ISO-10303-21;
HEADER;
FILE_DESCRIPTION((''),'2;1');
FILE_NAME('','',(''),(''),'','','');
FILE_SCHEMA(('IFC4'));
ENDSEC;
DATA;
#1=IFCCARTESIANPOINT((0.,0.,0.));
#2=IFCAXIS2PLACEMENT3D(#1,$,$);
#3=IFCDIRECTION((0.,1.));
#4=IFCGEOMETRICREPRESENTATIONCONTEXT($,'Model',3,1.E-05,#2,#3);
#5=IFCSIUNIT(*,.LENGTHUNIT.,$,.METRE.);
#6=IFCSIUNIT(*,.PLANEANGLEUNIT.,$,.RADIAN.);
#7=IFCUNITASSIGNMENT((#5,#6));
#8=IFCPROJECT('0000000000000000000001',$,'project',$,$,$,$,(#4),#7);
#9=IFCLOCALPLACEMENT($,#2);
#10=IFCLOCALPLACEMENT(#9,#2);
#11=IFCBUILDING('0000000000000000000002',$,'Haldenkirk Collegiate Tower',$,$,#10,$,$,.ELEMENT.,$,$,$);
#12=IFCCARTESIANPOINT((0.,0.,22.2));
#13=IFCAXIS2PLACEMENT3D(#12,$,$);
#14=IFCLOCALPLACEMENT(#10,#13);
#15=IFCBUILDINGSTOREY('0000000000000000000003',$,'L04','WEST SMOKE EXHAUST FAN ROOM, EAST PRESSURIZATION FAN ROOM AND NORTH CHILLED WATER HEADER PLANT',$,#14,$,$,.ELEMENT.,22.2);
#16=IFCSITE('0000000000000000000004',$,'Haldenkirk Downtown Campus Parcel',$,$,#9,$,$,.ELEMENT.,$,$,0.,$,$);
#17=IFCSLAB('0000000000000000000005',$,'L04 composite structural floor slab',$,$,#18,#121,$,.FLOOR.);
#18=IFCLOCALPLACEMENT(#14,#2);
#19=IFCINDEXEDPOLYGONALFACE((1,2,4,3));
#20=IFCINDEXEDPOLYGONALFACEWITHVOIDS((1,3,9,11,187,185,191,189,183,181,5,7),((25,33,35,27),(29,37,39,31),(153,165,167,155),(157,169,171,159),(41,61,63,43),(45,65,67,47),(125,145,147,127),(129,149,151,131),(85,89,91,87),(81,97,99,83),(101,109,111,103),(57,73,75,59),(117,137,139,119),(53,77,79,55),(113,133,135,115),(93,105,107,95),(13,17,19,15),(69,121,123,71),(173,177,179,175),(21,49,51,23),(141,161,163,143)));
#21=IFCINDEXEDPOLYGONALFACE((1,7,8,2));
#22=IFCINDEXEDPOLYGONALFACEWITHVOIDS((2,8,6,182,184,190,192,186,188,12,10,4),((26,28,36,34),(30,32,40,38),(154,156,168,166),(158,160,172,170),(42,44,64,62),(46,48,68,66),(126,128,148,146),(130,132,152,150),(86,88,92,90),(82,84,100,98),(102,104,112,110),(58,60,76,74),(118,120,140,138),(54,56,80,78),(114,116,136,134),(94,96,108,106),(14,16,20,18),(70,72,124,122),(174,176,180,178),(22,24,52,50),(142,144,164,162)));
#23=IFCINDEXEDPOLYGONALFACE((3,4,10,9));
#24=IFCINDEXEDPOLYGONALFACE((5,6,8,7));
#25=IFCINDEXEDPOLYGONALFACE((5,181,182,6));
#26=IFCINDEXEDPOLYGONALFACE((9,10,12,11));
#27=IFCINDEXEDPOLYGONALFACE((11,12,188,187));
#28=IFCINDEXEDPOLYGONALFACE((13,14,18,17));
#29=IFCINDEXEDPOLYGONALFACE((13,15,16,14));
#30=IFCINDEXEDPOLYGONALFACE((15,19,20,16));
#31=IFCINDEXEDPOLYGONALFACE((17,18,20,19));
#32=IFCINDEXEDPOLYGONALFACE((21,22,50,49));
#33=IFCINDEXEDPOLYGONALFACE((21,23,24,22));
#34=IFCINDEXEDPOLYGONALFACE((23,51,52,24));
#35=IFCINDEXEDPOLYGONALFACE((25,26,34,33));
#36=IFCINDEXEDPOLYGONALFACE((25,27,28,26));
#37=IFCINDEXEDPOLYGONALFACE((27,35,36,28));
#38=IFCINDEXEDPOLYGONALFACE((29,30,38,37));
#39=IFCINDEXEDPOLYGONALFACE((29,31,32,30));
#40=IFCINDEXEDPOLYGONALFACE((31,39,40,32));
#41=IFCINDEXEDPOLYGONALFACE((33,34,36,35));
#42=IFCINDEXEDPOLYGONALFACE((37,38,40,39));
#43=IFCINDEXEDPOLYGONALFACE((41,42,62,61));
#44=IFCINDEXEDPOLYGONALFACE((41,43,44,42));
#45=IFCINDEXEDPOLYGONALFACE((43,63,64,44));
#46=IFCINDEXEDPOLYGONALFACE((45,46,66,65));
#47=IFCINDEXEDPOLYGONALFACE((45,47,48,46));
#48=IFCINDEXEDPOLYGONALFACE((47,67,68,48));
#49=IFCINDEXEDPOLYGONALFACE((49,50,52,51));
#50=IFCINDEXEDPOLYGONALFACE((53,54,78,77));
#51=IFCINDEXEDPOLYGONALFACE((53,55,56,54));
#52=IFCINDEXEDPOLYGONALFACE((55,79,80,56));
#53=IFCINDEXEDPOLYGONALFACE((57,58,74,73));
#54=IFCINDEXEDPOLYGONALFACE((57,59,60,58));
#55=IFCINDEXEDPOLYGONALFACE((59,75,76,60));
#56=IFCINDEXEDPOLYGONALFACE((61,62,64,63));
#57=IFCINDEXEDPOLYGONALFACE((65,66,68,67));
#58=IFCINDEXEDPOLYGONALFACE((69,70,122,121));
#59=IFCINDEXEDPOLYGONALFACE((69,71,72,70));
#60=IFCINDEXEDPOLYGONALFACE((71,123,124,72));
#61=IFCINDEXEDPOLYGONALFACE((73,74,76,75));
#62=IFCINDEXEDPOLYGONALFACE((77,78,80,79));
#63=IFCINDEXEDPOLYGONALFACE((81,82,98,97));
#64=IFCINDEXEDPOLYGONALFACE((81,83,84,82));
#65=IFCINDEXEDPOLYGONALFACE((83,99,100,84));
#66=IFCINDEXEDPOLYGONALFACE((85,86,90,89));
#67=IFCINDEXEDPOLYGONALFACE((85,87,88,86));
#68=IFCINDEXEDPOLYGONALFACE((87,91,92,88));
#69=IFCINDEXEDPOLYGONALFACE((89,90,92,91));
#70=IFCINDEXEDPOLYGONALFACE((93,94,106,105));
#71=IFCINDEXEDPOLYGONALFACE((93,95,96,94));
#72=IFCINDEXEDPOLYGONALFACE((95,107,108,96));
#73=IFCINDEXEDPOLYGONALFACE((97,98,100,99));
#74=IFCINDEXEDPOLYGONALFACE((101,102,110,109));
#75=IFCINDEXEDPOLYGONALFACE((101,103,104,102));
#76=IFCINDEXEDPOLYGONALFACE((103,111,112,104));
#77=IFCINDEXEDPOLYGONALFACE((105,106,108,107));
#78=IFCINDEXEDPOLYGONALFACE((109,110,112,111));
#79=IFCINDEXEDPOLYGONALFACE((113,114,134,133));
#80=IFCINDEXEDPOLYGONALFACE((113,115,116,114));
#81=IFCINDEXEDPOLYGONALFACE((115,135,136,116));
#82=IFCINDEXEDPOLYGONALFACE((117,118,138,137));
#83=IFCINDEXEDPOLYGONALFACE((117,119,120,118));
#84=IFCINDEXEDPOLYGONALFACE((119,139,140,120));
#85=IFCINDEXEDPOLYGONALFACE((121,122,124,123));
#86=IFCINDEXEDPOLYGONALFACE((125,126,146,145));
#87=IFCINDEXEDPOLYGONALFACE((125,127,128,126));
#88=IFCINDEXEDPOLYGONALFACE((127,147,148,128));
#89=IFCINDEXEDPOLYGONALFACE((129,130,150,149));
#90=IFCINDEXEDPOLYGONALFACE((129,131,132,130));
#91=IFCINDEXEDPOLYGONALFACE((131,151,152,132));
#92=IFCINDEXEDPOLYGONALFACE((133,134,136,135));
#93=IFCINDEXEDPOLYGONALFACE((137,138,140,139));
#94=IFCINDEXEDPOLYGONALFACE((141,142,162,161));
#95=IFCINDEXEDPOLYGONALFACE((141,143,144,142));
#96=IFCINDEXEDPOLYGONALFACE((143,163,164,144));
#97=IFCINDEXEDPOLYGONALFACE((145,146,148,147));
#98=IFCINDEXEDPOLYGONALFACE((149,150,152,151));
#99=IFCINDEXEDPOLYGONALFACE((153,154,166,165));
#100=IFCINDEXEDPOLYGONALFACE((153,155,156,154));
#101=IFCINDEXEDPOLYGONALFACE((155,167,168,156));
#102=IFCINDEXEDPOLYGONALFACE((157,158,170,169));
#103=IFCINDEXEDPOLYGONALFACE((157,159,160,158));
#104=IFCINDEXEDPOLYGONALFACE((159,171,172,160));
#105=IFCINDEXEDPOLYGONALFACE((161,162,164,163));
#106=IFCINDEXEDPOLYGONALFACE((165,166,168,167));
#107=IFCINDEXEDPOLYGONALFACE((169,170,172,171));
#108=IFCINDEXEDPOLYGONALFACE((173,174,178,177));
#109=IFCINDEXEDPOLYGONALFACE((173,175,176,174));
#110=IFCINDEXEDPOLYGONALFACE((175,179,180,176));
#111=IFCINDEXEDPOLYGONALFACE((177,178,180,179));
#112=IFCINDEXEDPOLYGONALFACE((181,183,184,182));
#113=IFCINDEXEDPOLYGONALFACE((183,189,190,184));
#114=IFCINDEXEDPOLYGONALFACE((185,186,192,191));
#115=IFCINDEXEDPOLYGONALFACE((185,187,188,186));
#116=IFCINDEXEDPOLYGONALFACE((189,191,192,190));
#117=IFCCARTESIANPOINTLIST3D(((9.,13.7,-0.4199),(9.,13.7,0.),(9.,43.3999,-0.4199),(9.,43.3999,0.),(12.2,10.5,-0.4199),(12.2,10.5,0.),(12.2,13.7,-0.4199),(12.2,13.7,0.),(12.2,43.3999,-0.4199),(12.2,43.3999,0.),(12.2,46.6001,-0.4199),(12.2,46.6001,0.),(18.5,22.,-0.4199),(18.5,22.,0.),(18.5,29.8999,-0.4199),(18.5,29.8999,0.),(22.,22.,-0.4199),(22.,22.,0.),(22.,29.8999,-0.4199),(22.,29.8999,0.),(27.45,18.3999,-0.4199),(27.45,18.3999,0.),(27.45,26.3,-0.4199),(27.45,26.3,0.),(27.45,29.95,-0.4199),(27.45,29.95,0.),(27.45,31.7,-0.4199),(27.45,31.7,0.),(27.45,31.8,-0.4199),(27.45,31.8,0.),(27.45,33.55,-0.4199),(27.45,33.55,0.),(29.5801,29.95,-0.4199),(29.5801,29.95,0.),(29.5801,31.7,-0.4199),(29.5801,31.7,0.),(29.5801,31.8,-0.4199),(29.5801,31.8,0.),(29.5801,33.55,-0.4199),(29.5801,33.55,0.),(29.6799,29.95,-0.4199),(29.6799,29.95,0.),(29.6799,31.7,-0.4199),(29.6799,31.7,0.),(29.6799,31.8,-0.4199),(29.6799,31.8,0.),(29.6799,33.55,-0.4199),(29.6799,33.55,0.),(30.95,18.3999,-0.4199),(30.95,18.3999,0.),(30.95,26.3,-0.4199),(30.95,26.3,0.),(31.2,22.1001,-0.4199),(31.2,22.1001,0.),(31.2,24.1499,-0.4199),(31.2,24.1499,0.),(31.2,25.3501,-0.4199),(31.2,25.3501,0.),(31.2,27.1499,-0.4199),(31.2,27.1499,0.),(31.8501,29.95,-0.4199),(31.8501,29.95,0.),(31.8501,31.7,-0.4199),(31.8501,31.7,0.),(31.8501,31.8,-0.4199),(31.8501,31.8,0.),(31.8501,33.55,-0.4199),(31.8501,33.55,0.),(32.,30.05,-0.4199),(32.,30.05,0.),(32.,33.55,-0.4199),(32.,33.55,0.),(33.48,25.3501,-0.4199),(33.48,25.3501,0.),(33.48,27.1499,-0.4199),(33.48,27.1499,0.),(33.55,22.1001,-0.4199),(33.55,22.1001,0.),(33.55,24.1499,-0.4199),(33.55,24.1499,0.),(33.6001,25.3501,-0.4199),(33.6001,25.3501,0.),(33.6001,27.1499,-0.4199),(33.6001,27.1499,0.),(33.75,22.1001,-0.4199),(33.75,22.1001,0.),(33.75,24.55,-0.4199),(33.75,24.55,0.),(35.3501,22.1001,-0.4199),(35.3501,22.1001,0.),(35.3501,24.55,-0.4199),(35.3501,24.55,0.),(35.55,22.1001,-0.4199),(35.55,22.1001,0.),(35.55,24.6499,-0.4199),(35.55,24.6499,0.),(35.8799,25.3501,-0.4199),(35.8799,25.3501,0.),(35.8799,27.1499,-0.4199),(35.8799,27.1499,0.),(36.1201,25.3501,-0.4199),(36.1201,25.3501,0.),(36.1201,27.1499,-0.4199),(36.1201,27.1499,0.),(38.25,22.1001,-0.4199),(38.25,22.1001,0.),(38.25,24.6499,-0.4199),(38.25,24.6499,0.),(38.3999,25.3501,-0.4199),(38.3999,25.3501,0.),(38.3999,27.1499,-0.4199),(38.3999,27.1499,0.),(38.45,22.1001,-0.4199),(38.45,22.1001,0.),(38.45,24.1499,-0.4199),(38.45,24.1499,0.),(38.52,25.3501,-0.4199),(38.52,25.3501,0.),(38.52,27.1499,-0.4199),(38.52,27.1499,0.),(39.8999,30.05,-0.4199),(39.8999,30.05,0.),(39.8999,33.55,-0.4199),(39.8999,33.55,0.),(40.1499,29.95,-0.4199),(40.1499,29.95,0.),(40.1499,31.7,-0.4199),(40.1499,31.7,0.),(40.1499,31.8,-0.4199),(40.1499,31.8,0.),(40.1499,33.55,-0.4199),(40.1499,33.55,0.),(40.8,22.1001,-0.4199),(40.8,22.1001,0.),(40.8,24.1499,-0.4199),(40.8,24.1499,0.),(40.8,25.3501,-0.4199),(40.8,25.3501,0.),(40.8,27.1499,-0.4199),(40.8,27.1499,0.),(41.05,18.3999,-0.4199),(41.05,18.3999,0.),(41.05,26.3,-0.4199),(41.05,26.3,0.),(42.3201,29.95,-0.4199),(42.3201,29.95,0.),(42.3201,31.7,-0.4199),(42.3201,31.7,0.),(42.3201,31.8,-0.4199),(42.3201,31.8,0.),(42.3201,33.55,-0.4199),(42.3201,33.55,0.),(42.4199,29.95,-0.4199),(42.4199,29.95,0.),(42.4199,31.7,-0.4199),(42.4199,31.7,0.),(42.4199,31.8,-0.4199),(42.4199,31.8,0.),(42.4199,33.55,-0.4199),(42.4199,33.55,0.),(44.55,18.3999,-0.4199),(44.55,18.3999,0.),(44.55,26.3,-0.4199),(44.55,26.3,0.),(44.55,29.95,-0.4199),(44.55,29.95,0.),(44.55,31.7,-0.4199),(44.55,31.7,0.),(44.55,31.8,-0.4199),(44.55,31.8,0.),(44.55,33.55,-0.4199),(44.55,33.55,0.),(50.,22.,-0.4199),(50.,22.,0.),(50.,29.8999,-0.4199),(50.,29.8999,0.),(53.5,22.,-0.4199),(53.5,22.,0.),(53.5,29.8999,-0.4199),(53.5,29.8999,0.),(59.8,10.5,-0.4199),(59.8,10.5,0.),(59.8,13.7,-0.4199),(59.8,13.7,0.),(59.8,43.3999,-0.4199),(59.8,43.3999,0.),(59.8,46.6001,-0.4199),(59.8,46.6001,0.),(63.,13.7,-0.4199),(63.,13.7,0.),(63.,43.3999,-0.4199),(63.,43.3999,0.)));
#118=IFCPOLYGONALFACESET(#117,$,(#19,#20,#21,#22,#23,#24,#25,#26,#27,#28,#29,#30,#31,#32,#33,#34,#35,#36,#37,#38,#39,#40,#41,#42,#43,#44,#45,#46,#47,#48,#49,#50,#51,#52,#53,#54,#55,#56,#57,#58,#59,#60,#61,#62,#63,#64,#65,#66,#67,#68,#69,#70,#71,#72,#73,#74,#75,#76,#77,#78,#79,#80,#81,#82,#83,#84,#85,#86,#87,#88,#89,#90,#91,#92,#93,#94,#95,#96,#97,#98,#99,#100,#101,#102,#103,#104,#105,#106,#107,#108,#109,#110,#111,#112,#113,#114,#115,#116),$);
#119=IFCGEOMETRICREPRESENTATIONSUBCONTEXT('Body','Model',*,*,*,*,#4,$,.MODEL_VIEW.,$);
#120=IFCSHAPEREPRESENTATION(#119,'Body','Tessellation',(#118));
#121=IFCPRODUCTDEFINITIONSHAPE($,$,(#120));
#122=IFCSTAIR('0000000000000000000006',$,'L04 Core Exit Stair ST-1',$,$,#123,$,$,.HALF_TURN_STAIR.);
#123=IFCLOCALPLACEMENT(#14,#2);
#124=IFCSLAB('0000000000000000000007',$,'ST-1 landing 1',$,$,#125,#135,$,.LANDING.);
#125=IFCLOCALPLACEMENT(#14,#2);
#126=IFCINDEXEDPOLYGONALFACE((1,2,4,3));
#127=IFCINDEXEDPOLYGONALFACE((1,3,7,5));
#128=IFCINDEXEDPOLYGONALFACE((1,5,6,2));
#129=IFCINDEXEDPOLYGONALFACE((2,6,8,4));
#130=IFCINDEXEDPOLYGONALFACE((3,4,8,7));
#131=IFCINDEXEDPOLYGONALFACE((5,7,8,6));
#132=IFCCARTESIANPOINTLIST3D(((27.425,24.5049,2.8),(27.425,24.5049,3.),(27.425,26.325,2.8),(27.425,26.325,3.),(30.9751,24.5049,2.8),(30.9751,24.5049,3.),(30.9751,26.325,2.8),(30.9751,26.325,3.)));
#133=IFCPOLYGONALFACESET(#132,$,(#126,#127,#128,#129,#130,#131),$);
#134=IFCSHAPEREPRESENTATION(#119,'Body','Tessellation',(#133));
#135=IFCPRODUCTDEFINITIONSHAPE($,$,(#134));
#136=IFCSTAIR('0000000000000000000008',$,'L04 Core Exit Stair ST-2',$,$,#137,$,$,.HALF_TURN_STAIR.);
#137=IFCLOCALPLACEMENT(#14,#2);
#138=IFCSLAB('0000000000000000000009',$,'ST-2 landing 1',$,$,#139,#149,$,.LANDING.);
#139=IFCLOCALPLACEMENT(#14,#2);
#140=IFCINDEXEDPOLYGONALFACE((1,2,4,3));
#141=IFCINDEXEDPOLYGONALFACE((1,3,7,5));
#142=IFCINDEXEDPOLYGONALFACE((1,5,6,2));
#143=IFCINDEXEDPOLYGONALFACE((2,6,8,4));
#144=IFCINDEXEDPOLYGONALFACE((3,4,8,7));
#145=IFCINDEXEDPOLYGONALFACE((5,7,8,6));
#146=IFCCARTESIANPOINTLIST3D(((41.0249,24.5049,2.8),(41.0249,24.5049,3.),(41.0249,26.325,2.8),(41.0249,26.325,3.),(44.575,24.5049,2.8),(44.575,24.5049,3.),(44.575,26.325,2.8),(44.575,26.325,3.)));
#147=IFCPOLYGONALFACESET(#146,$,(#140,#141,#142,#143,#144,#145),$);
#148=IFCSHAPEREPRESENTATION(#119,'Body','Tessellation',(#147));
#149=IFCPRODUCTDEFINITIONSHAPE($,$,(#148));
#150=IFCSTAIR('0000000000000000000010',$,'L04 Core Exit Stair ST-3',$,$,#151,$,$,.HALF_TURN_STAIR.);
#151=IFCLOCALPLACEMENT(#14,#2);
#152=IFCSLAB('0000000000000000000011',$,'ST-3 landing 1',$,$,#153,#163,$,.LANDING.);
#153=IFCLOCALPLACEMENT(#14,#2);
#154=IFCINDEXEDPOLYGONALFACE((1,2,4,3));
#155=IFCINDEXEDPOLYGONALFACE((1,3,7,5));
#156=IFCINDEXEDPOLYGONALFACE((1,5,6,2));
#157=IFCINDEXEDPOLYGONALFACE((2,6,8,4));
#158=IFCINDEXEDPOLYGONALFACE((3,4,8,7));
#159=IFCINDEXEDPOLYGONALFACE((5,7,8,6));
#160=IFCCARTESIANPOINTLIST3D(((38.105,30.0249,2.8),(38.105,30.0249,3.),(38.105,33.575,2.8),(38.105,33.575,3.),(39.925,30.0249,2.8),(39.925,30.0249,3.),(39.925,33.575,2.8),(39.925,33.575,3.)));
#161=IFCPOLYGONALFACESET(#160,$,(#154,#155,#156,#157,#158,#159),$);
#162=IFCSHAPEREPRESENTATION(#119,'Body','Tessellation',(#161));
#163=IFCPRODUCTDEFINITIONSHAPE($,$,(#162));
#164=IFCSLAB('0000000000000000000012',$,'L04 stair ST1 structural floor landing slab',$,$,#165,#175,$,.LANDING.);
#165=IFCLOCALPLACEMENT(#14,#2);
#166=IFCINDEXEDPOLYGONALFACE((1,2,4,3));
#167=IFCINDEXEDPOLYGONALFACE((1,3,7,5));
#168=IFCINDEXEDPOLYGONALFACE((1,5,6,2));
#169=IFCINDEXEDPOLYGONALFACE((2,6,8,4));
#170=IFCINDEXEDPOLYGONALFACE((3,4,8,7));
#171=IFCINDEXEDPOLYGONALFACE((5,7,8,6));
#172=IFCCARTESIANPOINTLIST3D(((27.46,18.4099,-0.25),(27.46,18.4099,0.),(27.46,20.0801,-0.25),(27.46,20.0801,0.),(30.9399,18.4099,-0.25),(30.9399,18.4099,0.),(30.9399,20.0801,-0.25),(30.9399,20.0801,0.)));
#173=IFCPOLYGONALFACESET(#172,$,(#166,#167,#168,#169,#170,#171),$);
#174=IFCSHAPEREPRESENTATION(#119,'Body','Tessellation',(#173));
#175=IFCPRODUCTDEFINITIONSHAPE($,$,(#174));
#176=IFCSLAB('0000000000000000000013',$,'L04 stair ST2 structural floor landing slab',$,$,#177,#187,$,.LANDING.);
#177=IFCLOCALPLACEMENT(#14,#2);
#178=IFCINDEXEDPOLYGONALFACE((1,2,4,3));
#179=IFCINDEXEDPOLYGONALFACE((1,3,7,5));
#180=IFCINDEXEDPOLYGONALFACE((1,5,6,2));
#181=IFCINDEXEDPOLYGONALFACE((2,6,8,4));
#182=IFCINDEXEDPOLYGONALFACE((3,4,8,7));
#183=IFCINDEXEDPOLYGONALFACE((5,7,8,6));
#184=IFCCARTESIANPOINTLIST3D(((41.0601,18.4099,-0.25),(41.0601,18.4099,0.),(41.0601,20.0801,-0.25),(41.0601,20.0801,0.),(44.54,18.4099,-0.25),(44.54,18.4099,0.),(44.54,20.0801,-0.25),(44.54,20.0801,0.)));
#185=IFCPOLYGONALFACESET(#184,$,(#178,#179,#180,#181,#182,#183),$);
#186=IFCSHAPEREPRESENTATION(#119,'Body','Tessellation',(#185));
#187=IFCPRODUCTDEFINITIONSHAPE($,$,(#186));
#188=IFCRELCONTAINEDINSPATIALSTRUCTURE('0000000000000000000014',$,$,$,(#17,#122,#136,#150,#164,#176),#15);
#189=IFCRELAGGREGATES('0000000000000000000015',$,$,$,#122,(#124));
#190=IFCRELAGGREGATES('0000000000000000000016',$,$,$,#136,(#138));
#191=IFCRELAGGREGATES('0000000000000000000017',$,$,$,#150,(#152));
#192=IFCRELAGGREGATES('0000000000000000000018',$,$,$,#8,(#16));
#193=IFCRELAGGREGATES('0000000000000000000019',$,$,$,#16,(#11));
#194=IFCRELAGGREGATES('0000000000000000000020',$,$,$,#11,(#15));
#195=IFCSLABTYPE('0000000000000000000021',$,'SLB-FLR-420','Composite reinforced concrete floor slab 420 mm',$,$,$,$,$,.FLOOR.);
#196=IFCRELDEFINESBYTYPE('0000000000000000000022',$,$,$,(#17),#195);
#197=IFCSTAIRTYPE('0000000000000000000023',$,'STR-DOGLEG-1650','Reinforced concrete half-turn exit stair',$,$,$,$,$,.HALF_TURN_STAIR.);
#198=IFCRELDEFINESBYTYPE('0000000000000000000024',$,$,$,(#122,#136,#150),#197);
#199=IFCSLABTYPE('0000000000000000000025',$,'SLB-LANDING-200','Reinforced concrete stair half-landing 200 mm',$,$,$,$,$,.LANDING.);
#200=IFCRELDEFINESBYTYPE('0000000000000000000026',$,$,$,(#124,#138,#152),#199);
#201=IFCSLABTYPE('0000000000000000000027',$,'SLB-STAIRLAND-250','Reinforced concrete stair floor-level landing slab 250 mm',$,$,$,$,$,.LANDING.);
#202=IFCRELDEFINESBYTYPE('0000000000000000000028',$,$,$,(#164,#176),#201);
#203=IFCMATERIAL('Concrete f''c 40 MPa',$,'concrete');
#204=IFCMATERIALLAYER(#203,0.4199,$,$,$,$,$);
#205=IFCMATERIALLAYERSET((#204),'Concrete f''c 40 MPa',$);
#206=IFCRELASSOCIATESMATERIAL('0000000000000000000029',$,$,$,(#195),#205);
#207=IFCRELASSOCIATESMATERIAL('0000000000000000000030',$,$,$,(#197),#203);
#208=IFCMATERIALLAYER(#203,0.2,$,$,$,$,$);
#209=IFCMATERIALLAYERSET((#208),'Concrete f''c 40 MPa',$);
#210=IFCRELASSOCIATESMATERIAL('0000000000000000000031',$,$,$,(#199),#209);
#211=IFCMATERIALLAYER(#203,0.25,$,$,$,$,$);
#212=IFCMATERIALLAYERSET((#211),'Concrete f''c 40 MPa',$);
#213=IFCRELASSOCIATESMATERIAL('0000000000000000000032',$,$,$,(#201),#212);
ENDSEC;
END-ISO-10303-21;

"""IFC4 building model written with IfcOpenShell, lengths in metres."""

from ifc_helpers import new_model, si_unit, direction, frame, origin, place, context, subcontext, project, spatial, polyline, outline, extrude, material, layer, layer_set, type_object, element, aggregate, save


model = new_model("IFC4")

# Units and contexts
model_context = context("Model", 3, precision=1e-05, world=origin(), true_north=direction((0.0, 1.0)))
body_context = subcontext(model_context, "Body", "Model", "MODEL_VIEW")
ifc_project = project(units=[si_unit("LENGTHUNIT", "METRE"), si_unit("PLANEANGLEUNIT", "RADIAN")], contexts=[model_context])

# Site, building, storey
site_placement = place(None, origin())
site = spatial("IfcSite", under=ifc_project, at=site_placement, Name="Haldenkirk Downtown Campus Parcel", CompositionType="ELEMENT", RefElevation=0.0)
building_placement = place(site_placement, origin())
building = spatial("IfcBuilding", under=site, at=building_placement, Name="Haldenkirk Collegiate Tower", CompositionType="ELEMENT")
storey_placement = place(building_placement, frame((0.0, 0.0, 22.2)))
storey = spatial("IfcBuildingStorey", under=building, at=storey_placement, Name="L04", Description="WEST SMOKE EXHAUST FAN ROOM, EAST PRESSURIZATION FAN ROOM AND NORTH CHILLED WATER HEADER PLANT", CompositionType="ELEMENT", Elevation=22.2)

# Slab
ifc_material_1 = material(Name="Concrete f'c 40 MPa", Category="concrete")
ifc_layer_1 = layer(ifc_material_1, 0.4199)
ifc_layer_set_1 = layer_set([ifc_layer_1], Name="Concrete f'c 40 MPa")
slab_type_1 = type_object("IfcSlabType", Name="SLB-FLR-420", Description="Composite reinforced concrete floor slab 420 mm", PredefinedType="FLOOR", material=ifc_layer_set_1)
slab_1_placement = place(storey_placement, frame((0.0, 0.0, -0.4199)))
element("IfcSlab", 1, at=slab_1_placement, inside=storey, type_object=slab_type_1, Name="L04 composite structural floor slab", PredefinedType="FLOOR", context=body_context, shape_type="SweptSolid", body=[
    extrude(outline(polyline([(12.2, 10.5), (59.8, 10.5), (59.8, 13.7), (63.0, 13.7), (63.0, 43.3999), (59.8, 43.3999), (59.8, 46.6001), (12.2, 46.6001), (12.2, 43.3999), (9.0, 43.3999), (9.0, 13.7), (12.2, 13.7), (12.2, 10.5)]), holes=[polyline([(27.45, 18.3999), (30.95, 18.3999), (30.95, 26.3), (27.45, 26.3), (27.45, 18.3999)]), polyline([(41.05, 18.3999), (44.55, 18.3999), (44.55, 26.3), (41.05, 26.3), (41.05, 18.3999)]), polyline([(32.0, 30.05), (39.8999, 30.05), (39.8999, 33.55), (32.0, 33.55), (32.0, 30.05)]), polyline([(33.75, 22.1001), (35.3501, 22.1001), (35.3501, 24.55), (33.75, 24.55), (33.75, 22.1001)]), polyline([(18.5, 22.0), (22.0, 22.0), (22.0, 29.8999), (18.5, 29.8999), (18.5, 22.0)]), polyline([(50.0, 22.0), (53.5, 22.0), (53.5, 29.8999), (50.0, 29.8999), (50.0, 22.0)]), polyline([(27.45, 29.95), (29.5801, 29.95), (29.5801, 31.7), (27.45, 31.7), (27.45, 29.95)]), polyline([(29.6799, 29.95), (31.8501, 29.95), (31.8501, 31.7), (29.6799, 31.7), (29.6799, 29.95)]), polyline([(27.45, 31.8), (29.5801, 31.8), (29.5801, 33.55), (27.45, 33.55), (27.45, 31.8)]), polyline([(29.6799, 31.8), (31.8501, 31.8), (31.8501, 33.55), (29.6799, 33.55), (29.6799, 31.8)]), polyline([(40.1499, 29.95), (42.3201, 29.95), (42.3201, 31.7), (40.1499, 31.7), (40.1499, 29.95)]), polyline([(42.4199, 29.95), (44.55, 29.95), (44.55, 31.7), (42.4199, 31.7), (42.4199, 29.95)]), polyline([(40.1499, 31.8), (42.3201, 31.8), (42.3201, 33.55), (40.1499, 33.55), (40.1499, 31.8)]), polyline([(42.4199, 31.8), (44.55, 31.8), (44.55, 33.55), (42.4199, 33.55), (42.4199, 31.8)]), polyline([(31.2, 25.3501), (33.48, 25.3501), (33.48, 27.1499), (31.2, 27.1499), (31.2, 25.3501)]), polyline([(33.6001, 25.3501), (35.8799, 25.3501), (35.8799, 27.1499), (33.6001, 27.1499), (33.6001, 25.3501)]), polyline([(36.1201, 25.3501), (38.3999, 25.3501), (38.3999, 27.1499), (36.1201, 27.1499), (36.1201, 25.3501)]), polyline([(38.52, 25.3501), (40.8, 25.3501), (40.8, 27.1499), (38.52, 27.1499), (38.52, 25.3501)]), polyline([(31.2, 22.1001), (33.55, 22.1001), (33.55, 24.1499), (31.2, 24.1499), (31.2, 22.1001)]), polyline([(38.45, 22.1001), (40.8, 22.1001), (40.8, 24.1499), (38.45, 24.1499), (38.45, 22.1001)]), polyline([(35.55, 22.1001), (38.25, 22.1001), (38.25, 24.6499), (35.55, 24.6499), (35.55, 22.1001)])]), origin(), (0.0, 0.0, 1.0), 0.4199),
])

# Stairs, slabs
stair_type = type_object("IfcStairType", Name="STR-DOGLEG-1650", Description="Reinforced concrete half-turn exit stair", PredefinedType="HALF_TURN_STAIR", material=ifc_material_1)
stair_1_placement = place(storey_placement, origin())
stair_1 = element("IfcStair", 2, at=stair_1_placement, inside=storey, type_object=stair_type, Name="L04 Core Exit Stair ST-1", PredefinedType="HALF_TURN_STAIR")
ifc_layer_2 = layer(ifc_material_1, 0.2)
ifc_layer_set_2 = layer_set([ifc_layer_2], Name="Concrete f'c 40 MPa")
slab_type_2 = type_object("IfcSlabType", Name="SLB-LANDING-200", Description="Reinforced concrete stair half-landing 200 mm", PredefinedType="LANDING", material=ifc_layer_set_2)
slab_2_placement = place(storey_placement, frame((0.0, 0.0, 2.8)))
slab_2 = element("IfcSlab", 3, at=slab_2_placement, type_object=slab_type_2, Name="ST-1 landing 1", PredefinedType="LANDING", context=body_context, shape_type="SweptSolid", body=[
    extrude(outline(polyline([(30.9751, 24.5049), (27.425, 24.5049), (27.425, 26.325), (30.9751, 26.325), (30.9751, 24.5049)])), origin(), (0.0, 0.0, 1.0), 0.2),
])
aggregate(stair_1, [slab_2])
stair_2_placement = place(storey_placement, origin())
stair_2 = element("IfcStair", 4, at=stair_2_placement, inside=storey, type_object=stair_type, Name="L04 Core Exit Stair ST-2", PredefinedType="HALF_TURN_STAIR")
slab_3_placement = place(storey_placement, frame((0.0, 0.0, 2.8)))
slab_3 = element("IfcSlab", 5, at=slab_3_placement, type_object=slab_type_2, Name="ST-2 landing 1", PredefinedType="LANDING", context=body_context, shape_type="SweptSolid", body=[
    extrude(outline(polyline([(44.575, 24.5049), (41.0249, 24.5049), (41.0249, 26.325), (44.575, 26.325), (44.575, 24.5049)])), origin(), (0.0, 0.0, 1.0), 0.2),
])
aggregate(stair_2, [slab_3])
stair_3_placement = place(storey_placement, origin())
stair_3 = element("IfcStair", 6, at=stair_3_placement, inside=storey, type_object=stair_type, Name="L04 Core Exit Stair ST-3", PredefinedType="HALF_TURN_STAIR")
slab_4_placement = place(storey_placement, frame((0.0, 0.0, 2.8)))
slab_4 = element("IfcSlab", 7, at=slab_4_placement, type_object=slab_type_2, Name="ST-3 landing 1", PredefinedType="LANDING", context=body_context, shape_type="SweptSolid", body=[
    extrude(outline(polyline([(38.105, 30.0249), (38.105, 33.575), (39.925, 33.575), (39.925, 30.0249), (38.105, 30.0249)])), origin(), (0.0, 0.0, 1.0), 0.2),
])
aggregate(stair_3, [slab_4])

# Slabs
ifc_layer_3 = layer(ifc_material_1, 0.25)
ifc_layer_set_3 = layer_set([ifc_layer_3], Name="Concrete f'c 40 MPa")
slab_type_3 = type_object("IfcSlabType", Name="SLB-STAIRLAND-250", Description="Reinforced concrete stair floor-level landing slab 250 mm", PredefinedType="LANDING", material=ifc_layer_set_3)
slab_5_placement = place(storey_placement, frame((0.0, 0.0, -0.25)))
element("IfcSlab", 8, at=slab_5_placement, inside=storey, type_object=slab_type_3, Name="L04 stair ST1 structural floor landing slab", PredefinedType="LANDING", context=body_context, shape_type="SweptSolid", body=[
    extrude(outline(polyline([(27.46, 18.4099), (30.9399, 18.4099), (30.9399, 20.0801), (27.46, 20.0801), (27.46, 18.4099)])), origin(), (0.0, 0.0, 1.0), 0.25),
])
slab_6_placement = place(storey_placement, frame((0.0, 0.0, -0.25)))
element("IfcSlab", 9, at=slab_6_placement, inside=storey, type_object=slab_type_3, Name="L04 stair ST2 structural floor landing slab", PredefinedType="LANDING", context=body_context, shape_type="SweptSolid", body=[
    extrude(outline(polyline([(41.0601, 18.4099), (44.54, 18.4099), (44.54, 20.0801), (41.0601, 20.0801), (41.0601, 18.4099)])), origin(), (0.0, 0.0, 1.0), 0.25),
])

save(model, "model.ifc")
